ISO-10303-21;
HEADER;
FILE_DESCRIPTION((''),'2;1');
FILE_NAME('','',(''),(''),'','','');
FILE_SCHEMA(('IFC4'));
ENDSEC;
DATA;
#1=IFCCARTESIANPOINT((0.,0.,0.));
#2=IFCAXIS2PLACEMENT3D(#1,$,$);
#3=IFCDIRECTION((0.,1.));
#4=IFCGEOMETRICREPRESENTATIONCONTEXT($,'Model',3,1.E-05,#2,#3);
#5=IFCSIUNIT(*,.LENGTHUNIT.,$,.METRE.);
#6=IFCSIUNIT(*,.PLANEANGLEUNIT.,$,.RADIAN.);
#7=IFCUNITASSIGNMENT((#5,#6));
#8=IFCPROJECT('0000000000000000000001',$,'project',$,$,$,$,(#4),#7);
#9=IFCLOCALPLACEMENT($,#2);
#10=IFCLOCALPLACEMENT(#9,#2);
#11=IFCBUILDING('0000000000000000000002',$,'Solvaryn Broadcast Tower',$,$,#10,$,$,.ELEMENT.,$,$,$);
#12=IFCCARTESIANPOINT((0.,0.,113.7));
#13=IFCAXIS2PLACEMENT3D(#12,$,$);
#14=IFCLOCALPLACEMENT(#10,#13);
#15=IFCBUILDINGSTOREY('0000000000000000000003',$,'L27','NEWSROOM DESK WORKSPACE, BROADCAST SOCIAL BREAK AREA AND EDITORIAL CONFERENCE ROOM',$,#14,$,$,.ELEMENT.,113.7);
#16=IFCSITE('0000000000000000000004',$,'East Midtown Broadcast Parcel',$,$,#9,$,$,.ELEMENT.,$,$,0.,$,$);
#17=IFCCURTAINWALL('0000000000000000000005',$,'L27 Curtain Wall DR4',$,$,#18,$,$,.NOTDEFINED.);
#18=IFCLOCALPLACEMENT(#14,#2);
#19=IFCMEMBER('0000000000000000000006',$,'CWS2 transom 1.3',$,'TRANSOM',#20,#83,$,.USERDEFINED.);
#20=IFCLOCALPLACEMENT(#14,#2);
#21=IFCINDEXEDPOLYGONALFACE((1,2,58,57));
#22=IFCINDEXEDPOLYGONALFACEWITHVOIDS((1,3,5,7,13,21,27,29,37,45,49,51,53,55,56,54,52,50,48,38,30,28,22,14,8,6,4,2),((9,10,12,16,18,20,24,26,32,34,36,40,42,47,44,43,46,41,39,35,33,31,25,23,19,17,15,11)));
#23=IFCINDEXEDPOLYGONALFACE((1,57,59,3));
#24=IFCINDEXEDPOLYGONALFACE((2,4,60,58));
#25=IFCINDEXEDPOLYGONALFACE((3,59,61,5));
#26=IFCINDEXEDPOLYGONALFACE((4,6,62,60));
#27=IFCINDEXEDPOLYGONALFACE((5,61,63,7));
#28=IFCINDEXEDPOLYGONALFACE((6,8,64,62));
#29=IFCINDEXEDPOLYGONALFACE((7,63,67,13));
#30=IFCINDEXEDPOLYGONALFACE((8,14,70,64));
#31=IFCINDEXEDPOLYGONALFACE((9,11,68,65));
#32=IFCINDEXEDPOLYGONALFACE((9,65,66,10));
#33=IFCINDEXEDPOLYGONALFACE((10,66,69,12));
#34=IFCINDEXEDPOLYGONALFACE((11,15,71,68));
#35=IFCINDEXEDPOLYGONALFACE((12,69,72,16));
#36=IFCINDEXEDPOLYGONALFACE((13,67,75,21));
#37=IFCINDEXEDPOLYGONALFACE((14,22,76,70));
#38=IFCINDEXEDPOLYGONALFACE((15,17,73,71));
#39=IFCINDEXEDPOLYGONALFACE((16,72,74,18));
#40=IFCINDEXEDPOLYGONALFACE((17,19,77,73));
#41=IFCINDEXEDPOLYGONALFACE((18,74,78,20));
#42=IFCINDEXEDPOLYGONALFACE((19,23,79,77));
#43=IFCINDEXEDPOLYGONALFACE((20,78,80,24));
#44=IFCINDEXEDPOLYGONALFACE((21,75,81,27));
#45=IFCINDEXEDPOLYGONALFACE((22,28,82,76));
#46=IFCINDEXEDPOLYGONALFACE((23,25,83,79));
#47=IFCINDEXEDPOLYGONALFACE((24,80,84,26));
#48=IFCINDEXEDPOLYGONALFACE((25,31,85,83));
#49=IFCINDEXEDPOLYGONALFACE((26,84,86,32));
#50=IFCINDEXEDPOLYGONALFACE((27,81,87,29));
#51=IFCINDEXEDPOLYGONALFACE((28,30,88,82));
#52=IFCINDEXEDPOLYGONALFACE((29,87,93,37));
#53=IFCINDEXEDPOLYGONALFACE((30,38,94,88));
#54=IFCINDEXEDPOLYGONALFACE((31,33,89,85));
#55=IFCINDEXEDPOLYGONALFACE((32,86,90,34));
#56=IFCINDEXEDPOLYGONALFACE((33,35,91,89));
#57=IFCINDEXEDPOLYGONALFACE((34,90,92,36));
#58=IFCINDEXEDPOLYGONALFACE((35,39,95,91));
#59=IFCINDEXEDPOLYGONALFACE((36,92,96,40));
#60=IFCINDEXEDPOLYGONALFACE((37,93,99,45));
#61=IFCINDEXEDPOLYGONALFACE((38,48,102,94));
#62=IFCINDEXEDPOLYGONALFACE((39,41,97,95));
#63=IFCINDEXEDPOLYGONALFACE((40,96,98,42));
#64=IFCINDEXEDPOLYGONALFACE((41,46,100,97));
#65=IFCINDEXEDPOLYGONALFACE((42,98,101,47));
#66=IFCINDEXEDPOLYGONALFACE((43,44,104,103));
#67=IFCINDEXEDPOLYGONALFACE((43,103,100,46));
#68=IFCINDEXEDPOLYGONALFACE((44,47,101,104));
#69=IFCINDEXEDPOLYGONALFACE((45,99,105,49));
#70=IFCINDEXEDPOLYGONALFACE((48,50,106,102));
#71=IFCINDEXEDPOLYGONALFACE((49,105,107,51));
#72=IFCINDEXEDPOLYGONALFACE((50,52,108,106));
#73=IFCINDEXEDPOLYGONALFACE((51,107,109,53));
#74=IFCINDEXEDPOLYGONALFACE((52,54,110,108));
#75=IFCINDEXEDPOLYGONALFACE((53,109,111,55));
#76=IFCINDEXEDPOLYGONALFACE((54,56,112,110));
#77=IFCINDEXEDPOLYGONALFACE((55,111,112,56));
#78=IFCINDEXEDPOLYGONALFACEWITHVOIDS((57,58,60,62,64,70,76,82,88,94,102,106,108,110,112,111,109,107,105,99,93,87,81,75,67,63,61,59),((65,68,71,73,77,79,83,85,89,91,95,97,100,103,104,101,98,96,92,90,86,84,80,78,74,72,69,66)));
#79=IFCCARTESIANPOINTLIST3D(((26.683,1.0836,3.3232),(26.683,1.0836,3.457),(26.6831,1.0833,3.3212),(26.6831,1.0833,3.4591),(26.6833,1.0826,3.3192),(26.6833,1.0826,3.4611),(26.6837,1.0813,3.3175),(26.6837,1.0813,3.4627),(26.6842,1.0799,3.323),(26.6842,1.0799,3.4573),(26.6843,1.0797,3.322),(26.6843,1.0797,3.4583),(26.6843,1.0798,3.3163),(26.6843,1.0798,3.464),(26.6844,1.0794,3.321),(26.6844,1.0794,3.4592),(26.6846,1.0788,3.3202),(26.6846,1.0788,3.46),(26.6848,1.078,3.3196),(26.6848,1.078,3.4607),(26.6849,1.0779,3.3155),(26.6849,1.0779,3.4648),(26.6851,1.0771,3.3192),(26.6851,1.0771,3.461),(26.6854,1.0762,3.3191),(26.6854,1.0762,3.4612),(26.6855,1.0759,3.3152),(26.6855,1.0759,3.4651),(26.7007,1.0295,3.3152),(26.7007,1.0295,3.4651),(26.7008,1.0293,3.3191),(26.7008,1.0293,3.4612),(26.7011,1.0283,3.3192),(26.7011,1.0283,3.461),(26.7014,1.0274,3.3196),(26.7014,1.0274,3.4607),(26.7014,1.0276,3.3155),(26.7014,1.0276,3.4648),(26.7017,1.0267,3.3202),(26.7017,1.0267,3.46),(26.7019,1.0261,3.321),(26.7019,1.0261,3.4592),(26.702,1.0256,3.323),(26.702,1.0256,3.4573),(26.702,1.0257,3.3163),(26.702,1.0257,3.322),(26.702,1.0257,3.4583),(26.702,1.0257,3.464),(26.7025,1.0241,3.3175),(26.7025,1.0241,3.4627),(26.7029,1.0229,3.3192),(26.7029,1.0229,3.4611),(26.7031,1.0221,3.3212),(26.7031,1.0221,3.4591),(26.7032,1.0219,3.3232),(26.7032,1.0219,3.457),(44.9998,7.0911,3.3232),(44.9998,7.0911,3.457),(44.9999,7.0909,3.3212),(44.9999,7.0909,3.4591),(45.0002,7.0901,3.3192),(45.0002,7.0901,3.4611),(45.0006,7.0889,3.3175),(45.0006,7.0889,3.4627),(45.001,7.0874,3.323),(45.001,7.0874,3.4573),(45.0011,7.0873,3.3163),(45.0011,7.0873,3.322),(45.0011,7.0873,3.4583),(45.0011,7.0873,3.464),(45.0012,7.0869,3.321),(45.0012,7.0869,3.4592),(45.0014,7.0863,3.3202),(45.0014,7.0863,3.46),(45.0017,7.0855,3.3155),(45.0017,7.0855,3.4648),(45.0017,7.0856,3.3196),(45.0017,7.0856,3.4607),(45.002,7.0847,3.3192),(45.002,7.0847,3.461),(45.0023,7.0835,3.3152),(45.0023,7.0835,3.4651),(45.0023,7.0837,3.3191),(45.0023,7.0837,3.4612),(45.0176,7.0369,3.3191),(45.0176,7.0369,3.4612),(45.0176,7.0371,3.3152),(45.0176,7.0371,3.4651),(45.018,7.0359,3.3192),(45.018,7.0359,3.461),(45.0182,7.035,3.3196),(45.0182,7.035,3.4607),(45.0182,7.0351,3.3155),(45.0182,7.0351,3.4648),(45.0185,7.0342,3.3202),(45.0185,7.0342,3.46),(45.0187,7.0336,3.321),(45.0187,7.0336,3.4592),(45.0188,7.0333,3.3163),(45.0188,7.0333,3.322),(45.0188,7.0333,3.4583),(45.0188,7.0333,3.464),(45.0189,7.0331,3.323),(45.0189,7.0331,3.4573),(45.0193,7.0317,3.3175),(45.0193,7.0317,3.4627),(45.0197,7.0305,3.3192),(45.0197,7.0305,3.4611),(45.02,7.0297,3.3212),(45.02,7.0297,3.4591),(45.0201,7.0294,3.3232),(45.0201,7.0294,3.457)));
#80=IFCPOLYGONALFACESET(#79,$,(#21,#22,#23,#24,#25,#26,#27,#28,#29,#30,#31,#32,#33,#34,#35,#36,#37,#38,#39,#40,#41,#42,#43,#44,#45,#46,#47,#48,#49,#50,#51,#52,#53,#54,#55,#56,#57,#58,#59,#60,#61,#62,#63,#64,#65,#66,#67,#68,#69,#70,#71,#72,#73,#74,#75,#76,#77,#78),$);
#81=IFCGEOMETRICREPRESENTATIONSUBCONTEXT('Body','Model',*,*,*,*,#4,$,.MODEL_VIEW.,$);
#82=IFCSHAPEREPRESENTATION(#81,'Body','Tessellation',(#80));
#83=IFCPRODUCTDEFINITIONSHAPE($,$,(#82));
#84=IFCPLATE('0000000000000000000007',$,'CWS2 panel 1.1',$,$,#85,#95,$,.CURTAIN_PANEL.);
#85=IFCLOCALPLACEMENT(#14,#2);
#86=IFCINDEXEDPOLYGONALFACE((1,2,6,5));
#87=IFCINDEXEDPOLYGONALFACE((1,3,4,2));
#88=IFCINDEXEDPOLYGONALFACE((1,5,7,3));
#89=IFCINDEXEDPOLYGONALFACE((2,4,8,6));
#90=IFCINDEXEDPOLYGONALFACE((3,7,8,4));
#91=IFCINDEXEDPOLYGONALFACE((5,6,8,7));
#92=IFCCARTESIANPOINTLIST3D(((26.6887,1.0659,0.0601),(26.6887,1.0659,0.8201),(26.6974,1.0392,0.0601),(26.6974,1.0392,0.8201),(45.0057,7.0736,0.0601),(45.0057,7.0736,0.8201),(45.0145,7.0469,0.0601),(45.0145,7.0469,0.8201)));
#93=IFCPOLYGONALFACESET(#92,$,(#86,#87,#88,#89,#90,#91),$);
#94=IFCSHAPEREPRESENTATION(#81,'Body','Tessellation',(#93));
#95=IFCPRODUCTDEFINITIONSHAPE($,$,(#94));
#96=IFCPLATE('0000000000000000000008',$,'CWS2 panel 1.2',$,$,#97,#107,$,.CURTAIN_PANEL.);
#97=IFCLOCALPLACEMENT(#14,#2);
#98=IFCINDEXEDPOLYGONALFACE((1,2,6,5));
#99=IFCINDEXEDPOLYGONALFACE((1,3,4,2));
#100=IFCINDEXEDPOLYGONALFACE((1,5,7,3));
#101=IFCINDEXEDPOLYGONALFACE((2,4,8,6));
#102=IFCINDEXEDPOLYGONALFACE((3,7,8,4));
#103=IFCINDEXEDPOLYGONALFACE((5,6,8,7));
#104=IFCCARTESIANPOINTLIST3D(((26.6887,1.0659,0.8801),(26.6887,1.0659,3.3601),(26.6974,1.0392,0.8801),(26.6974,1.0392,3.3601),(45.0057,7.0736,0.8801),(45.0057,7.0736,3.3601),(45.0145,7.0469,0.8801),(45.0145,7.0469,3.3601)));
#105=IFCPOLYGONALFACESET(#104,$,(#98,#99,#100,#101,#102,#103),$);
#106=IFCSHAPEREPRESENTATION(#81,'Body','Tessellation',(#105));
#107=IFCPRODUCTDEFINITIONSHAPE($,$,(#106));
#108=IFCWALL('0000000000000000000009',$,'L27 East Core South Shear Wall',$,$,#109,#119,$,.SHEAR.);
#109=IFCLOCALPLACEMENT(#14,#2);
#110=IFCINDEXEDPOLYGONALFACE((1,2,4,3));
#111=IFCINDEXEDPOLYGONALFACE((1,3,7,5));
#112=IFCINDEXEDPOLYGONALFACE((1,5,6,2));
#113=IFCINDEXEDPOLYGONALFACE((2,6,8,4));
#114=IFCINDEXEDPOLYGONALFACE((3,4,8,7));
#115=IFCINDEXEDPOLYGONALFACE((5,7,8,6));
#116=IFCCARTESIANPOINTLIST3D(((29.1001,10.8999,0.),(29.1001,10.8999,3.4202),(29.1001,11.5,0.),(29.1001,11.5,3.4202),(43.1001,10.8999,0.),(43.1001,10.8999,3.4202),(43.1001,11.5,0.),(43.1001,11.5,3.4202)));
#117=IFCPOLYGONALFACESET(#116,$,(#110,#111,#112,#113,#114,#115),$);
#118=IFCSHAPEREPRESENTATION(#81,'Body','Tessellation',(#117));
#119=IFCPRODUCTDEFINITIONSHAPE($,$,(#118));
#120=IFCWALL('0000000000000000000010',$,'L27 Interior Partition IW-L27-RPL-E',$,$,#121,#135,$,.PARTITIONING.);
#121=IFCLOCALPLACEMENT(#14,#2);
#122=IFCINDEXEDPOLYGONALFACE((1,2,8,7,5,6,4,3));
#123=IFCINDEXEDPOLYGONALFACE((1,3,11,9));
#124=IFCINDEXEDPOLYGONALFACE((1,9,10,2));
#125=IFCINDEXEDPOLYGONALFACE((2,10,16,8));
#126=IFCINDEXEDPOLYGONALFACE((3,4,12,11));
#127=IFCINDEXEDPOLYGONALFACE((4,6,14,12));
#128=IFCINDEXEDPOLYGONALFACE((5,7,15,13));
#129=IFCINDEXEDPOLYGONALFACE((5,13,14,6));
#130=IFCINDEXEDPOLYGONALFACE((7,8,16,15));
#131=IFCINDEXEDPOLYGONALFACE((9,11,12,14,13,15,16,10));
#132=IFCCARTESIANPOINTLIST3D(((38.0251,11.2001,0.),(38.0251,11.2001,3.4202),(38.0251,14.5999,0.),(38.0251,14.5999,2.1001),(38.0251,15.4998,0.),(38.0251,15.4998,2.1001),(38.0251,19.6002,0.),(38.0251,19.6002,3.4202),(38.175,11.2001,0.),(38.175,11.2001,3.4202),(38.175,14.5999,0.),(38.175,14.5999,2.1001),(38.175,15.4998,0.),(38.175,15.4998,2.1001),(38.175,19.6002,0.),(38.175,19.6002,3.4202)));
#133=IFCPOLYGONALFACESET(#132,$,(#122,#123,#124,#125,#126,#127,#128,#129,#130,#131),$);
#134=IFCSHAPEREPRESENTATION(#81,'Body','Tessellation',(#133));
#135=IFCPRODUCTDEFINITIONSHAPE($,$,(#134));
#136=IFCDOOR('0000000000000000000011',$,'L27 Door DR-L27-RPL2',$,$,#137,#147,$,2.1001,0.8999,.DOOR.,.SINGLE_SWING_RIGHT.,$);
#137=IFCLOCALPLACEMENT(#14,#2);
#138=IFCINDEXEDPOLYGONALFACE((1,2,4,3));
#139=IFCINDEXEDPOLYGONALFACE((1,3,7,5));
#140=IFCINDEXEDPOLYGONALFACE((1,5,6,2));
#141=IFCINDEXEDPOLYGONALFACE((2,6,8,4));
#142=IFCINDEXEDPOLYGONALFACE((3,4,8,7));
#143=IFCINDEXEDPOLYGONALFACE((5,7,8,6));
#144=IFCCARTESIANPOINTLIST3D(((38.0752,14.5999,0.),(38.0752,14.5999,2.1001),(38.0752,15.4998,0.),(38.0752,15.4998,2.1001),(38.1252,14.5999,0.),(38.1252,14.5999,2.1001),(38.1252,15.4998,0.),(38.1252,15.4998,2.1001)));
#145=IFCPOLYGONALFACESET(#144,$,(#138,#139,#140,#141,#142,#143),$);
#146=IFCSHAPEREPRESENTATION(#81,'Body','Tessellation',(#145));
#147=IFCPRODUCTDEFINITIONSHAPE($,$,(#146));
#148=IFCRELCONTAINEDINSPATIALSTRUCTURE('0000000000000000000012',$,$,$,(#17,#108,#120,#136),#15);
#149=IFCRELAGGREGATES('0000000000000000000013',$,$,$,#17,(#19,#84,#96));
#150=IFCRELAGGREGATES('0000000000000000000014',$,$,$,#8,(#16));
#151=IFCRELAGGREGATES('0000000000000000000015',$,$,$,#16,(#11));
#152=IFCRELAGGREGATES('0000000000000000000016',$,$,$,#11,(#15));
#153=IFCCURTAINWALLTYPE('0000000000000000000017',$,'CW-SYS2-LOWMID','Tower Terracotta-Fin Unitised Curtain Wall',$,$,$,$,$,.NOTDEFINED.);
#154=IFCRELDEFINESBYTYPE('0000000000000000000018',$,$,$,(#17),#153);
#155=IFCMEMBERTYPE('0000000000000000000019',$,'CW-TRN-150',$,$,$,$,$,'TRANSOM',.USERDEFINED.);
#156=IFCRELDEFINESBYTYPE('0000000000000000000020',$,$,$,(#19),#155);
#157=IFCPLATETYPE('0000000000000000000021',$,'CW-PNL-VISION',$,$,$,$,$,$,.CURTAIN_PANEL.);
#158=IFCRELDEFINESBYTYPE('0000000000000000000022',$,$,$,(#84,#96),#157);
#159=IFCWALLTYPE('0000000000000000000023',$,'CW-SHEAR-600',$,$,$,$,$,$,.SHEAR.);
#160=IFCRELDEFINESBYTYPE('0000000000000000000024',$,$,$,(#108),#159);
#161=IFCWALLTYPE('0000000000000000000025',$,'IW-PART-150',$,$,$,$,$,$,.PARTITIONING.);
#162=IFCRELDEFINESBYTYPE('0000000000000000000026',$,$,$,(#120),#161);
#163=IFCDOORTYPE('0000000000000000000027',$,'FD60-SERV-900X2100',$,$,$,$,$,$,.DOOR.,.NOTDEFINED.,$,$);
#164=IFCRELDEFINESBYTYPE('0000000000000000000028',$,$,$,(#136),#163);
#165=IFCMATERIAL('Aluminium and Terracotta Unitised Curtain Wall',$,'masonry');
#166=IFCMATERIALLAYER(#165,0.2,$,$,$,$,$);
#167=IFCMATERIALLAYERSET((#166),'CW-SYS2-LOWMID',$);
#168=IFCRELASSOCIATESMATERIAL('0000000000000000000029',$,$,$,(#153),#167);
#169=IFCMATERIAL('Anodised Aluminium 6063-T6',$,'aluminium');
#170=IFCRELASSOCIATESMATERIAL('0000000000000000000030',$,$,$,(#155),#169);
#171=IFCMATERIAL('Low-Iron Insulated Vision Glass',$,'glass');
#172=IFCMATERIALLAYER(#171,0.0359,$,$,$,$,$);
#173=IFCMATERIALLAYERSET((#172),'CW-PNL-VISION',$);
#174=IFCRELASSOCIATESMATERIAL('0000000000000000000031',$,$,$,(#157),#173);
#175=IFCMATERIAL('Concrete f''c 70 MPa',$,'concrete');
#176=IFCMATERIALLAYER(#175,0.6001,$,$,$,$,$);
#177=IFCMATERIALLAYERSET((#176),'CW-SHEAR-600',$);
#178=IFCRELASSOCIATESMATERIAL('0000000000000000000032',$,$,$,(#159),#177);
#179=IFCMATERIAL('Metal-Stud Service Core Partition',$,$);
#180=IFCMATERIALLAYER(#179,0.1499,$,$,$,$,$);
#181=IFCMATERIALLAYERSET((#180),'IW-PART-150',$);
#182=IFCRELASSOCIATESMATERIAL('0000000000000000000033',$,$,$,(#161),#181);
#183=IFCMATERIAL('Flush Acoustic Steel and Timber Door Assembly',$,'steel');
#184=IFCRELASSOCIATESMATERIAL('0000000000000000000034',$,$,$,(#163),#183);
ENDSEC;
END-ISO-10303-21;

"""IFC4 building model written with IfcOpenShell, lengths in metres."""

from ifc_helpers import new_model, si_unit, direction, frame, frame_2d, origin, origin_2d, place, context, subcontext, project, spatial, rectangle, hollow_rectangle, extrude, material, layer, layer_set, material_profile, profile_set, type_object, element, fill, aggregate, save


model = new_model("IFC4")

# Units and contexts
model_context = context("Model", 3, precision=1e-05, world=origin(), true_north=direction((0.0, 1.0)))
body_context = subcontext(model_context, "Body", "Model", "MODEL_VIEW")
ifc_project = project(units=[si_unit("LENGTHUNIT", "METRE"), si_unit("PLANEANGLEUNIT", "RADIAN")], contexts=[model_context])

# Site, building, storey
site_placement = place(None, origin())
site = spatial("IfcSite", under=ifc_project, at=site_placement, Name="East Midtown Broadcast Parcel", CompositionType="ELEMENT", RefElevation=0.0)
building_placement = place(site_placement, origin())
building = spatial("IfcBuilding", under=site, at=building_placement, Name="Solvaryn Broadcast Tower", CompositionType="ELEMENT")
storey_placement = place(building_placement, frame((0.0, 0.0, 113.7)))
storey = spatial("IfcBuildingStorey", under=building, at=storey_placement, Name="L27", Description="NEWSROOM DESK WORKSPACE, BROADCAST SOCIAL BREAK AREA AND EDITORIAL CONFERENCE ROOM", CompositionType="ELEMENT", Elevation=113.7)

# Shared definitions
ifc_material_1 = material(Name="Aluminium and Terracotta Unitised Curtain Wall", Category="masonry")
ifc_layer_1 = layer(ifc_material_1, 0.2)
ifc_layer_set_1 = layer_set([ifc_layer_1], Name="CW-SYS2-LOWMID")
curtain_wall_type = type_object("IfcCurtainWallType", Name="CW-SYS2-LOWMID", Description="Tower Terracotta-Fin Unitised Curtain Wall", PredefinedType="NOTDEFINED", material=ifc_layer_set_1)

# Curtain wall, member, plates
curtain_wall_1_placement = place(storey_placement, origin())
curtain_wall_1 = element("IfcCurtainWall", 1, at=curtain_wall_1_placement, inside=storey, type_object=curtain_wall_type, Name="L27 Curtain Wall DR4", PredefinedType="NOTDEFINED")
ifc_material_2 = material(Name="Anodised Aluminium 6063-T6", Category="aluminium")
ifc_material_profile_1 = material_profile(ifc_material_2, hollow_rectangle(XDim=0.0649, YDim=0.1499, WallThickness=0.0039, InnerFilletRadius=0.0039, OuterFilletRadius=0.0081, at=origin_2d()))
ifc_profile_set_1 = profile_set([ifc_material_profile_1], Name="Anodised Aluminium 6063-T6")
member_type_1 = type_object("IfcMemberType", Name="CW-TRN-150", ElementType="TRANSOM", PredefinedType="USERDEFINED", material=ifc_profile_set_1)
member_1_placement = place(storey_placement, frame((26.6931, 1.0527, 3.3901), z_axis=(0.950198, 0.311646, 0.0), x_axis=(-0.311646, 0.950198, 0.0)))
member_1 = element("IfcMember", 2, at=member_1_placement, type_object=member_type_1, Name="CWS2 transom 1.3", ObjectType="TRANSOM", PredefinedType="USERDEFINED", context=body_context, shape_type="SweptSolid", body=[
    extrude(hollow_rectangle(XDim=0.0649, YDim=0.1499, WallThickness=0.0039, InnerFilletRadius=0.0039, OuterFilletRadius=0.0081, at=origin_2d()), origin(), (0.0, 0.0, 1.0), 19.2769),
])
ifc_material_3 = material(Name="Low-Iron Insulated Vision Glass", Category="glass")
ifc_layer_2 = layer(ifc_material_3, 0.0359)
ifc_layer_set_2 = layer_set([ifc_layer_2], Name="CW-PNL-VISION")
plate_type = type_object("IfcPlateType", Name="CW-PNL-VISION", PredefinedType="CURTAIN_PANEL", material=ifc_layer_set_2)
plate_1_placement = place(storey_placement, frame((35.8516, 4.0564, 0.0601), z_axis=(0.0, 0.0, 1.0), x_axis=(0.950198, 0.311646, 0.0)))
plate_1 = element("IfcPlate", 3, at=plate_1_placement, type_object=plate_type, Name="CWS2 panel 1.1", PredefinedType="CURTAIN_PANEL", context=body_context, shape_type="SweptSolid", body=[
    extrude(rectangle(XDim=19.2771, YDim=0.0281, at=origin_2d()), origin(), (0.0, 0.0, 1.0), 0.76),
])
plate_2_placement = place(storey_placement, frame((35.8516, 4.0564, 0.8801), z_axis=(0.0, 0.0, 1.0), x_axis=(0.950198, 0.311646, 0.0)))
plate_2 = element("IfcPlate", 4, at=plate_2_placement, type_object=plate_type, Name="CWS2 panel 1.2", PredefinedType="CURTAIN_PANEL", context=body_context, shape_type="SweptSolid", body=[
    extrude(rectangle(XDim=19.2771, YDim=0.0281, at=origin_2d()), origin(), (0.0, 0.0, 1.0), 2.48),
])
aggregate(curtain_wall_1, [member_1, plate_1, plate_2])

# Wall
ifc_material_4 = material(Name="Concrete f'c 70 MPa", Category="concrete")
ifc_layer_3 = layer(ifc_material_4, 0.6001)
ifc_layer_set_3 = layer_set([ifc_layer_3], Name="CW-SHEAR-600")
wall_type_1 = type_object("IfcWallType", Name="CW-SHEAR-600", PredefinedType="SHEAR", material=ifc_layer_set_3)
wall_1_placement = place(storey_placement, frame((29.1001, 11.2, 0.0), z_axis=(0.0, 0.0, 1.0), x_axis=(1.0, 0.0, 0.0)))
element("IfcWall", 5, at=wall_1_placement, inside=storey, type_object=wall_type_1, Name="L27 East Core South Shear Wall", PredefinedType="SHEAR", context=body_context, shape_type="SweptSolid", body=[
    extrude(rectangle(XDim=14.0, YDim=0.6001, at=frame_2d((7.0, 0.0))), origin(), (0.0, 0.0, 1.0), 3.4202),
])

# Wall, opening, door
ifc_material_5 = material(Name="Metal-Stud Service Core Partition")
ifc_layer_4 = layer(ifc_material_5, 0.1499)
ifc_layer_set_4 = layer_set([ifc_layer_4], Name="IW-PART-150")
wall_type_2 = type_object("IfcWallType", Name="IW-PART-150", PredefinedType="PARTITIONING", material=ifc_layer_set_4)
wall_2_placement = place(storey_placement, frame((38.1001, 11.2, 0.0), z_axis=(0.0, 0.0, 1.0), x_axis=(0.0, 1.0, 0.0)))
wall_2 = element("IfcWall", 6, at=wall_2_placement, inside=storey, type_object=wall_type_2, Name="L27 Interior Partition IW-L27-RPL-E", PredefinedType="PARTITIONING", context=body_context, shape_type="SweptSolid", body=[
    extrude(rectangle(XDim=8.4001, YDim=0.1499, at=frame_2d((4.2002, 0.0))), origin(), (0.0, 0.0, 1.0), 3.4202),
])
opening_1_placement = place(wall_2_placement, frame((3.3999, 0.0, 0.0)))
opening_1 = element("IfcOpeningElement", 7, at=opening_1_placement, cuts=wall_2, PredefinedType="OPENING", context=body_context, shape_type="SweptSolid", body=[
    extrude(rectangle(XDim=0.8999, YDim=2.1001, at=frame_2d((0.45, 1.05))), frame((0.0, 0.085, 0.0), z_axis=(0.0, -1.0, 0.0), x_axis=(1.0, 0.0, 0.0)), (0.0, 0.0, 1.0), 0.1699),
])
ifc_material_6 = material(Name="Flush Acoustic Steel and Timber Door Assembly", Category="steel")
door_type_1 = type_object("IfcDoorType", Name="FD60-SERV-900X2100", OperationType="NOTDEFINED", PredefinedType="DOOR", material=ifc_material_6)
door_1_placement = place(opening_1_placement, origin())
door_1 = element("IfcDoor", 8, at=door_1_placement, inside=storey, type_object=door_type_1, Name="L27 Door DR-L27-RPL2", OperationType="SINGLE_SWING_RIGHT", OverallHeight=2.1001, OverallWidth=0.8999, PredefinedType="DOOR", context=body_context, shape_type="SweptSolid", body=[
    extrude(rectangle(XDim=0.8999, YDim=2.1001, at=frame_2d((0.45, 1.05))), frame((0.0, 0.0249, 0.0), z_axis=(0.0, -1.0, 0.0), x_axis=(1.0, 0.0, 0.0)), (0.0, 0.0, 1.0), 0.05),
])
fill(opening_1, door_1)

save(model, "model.ifc")
